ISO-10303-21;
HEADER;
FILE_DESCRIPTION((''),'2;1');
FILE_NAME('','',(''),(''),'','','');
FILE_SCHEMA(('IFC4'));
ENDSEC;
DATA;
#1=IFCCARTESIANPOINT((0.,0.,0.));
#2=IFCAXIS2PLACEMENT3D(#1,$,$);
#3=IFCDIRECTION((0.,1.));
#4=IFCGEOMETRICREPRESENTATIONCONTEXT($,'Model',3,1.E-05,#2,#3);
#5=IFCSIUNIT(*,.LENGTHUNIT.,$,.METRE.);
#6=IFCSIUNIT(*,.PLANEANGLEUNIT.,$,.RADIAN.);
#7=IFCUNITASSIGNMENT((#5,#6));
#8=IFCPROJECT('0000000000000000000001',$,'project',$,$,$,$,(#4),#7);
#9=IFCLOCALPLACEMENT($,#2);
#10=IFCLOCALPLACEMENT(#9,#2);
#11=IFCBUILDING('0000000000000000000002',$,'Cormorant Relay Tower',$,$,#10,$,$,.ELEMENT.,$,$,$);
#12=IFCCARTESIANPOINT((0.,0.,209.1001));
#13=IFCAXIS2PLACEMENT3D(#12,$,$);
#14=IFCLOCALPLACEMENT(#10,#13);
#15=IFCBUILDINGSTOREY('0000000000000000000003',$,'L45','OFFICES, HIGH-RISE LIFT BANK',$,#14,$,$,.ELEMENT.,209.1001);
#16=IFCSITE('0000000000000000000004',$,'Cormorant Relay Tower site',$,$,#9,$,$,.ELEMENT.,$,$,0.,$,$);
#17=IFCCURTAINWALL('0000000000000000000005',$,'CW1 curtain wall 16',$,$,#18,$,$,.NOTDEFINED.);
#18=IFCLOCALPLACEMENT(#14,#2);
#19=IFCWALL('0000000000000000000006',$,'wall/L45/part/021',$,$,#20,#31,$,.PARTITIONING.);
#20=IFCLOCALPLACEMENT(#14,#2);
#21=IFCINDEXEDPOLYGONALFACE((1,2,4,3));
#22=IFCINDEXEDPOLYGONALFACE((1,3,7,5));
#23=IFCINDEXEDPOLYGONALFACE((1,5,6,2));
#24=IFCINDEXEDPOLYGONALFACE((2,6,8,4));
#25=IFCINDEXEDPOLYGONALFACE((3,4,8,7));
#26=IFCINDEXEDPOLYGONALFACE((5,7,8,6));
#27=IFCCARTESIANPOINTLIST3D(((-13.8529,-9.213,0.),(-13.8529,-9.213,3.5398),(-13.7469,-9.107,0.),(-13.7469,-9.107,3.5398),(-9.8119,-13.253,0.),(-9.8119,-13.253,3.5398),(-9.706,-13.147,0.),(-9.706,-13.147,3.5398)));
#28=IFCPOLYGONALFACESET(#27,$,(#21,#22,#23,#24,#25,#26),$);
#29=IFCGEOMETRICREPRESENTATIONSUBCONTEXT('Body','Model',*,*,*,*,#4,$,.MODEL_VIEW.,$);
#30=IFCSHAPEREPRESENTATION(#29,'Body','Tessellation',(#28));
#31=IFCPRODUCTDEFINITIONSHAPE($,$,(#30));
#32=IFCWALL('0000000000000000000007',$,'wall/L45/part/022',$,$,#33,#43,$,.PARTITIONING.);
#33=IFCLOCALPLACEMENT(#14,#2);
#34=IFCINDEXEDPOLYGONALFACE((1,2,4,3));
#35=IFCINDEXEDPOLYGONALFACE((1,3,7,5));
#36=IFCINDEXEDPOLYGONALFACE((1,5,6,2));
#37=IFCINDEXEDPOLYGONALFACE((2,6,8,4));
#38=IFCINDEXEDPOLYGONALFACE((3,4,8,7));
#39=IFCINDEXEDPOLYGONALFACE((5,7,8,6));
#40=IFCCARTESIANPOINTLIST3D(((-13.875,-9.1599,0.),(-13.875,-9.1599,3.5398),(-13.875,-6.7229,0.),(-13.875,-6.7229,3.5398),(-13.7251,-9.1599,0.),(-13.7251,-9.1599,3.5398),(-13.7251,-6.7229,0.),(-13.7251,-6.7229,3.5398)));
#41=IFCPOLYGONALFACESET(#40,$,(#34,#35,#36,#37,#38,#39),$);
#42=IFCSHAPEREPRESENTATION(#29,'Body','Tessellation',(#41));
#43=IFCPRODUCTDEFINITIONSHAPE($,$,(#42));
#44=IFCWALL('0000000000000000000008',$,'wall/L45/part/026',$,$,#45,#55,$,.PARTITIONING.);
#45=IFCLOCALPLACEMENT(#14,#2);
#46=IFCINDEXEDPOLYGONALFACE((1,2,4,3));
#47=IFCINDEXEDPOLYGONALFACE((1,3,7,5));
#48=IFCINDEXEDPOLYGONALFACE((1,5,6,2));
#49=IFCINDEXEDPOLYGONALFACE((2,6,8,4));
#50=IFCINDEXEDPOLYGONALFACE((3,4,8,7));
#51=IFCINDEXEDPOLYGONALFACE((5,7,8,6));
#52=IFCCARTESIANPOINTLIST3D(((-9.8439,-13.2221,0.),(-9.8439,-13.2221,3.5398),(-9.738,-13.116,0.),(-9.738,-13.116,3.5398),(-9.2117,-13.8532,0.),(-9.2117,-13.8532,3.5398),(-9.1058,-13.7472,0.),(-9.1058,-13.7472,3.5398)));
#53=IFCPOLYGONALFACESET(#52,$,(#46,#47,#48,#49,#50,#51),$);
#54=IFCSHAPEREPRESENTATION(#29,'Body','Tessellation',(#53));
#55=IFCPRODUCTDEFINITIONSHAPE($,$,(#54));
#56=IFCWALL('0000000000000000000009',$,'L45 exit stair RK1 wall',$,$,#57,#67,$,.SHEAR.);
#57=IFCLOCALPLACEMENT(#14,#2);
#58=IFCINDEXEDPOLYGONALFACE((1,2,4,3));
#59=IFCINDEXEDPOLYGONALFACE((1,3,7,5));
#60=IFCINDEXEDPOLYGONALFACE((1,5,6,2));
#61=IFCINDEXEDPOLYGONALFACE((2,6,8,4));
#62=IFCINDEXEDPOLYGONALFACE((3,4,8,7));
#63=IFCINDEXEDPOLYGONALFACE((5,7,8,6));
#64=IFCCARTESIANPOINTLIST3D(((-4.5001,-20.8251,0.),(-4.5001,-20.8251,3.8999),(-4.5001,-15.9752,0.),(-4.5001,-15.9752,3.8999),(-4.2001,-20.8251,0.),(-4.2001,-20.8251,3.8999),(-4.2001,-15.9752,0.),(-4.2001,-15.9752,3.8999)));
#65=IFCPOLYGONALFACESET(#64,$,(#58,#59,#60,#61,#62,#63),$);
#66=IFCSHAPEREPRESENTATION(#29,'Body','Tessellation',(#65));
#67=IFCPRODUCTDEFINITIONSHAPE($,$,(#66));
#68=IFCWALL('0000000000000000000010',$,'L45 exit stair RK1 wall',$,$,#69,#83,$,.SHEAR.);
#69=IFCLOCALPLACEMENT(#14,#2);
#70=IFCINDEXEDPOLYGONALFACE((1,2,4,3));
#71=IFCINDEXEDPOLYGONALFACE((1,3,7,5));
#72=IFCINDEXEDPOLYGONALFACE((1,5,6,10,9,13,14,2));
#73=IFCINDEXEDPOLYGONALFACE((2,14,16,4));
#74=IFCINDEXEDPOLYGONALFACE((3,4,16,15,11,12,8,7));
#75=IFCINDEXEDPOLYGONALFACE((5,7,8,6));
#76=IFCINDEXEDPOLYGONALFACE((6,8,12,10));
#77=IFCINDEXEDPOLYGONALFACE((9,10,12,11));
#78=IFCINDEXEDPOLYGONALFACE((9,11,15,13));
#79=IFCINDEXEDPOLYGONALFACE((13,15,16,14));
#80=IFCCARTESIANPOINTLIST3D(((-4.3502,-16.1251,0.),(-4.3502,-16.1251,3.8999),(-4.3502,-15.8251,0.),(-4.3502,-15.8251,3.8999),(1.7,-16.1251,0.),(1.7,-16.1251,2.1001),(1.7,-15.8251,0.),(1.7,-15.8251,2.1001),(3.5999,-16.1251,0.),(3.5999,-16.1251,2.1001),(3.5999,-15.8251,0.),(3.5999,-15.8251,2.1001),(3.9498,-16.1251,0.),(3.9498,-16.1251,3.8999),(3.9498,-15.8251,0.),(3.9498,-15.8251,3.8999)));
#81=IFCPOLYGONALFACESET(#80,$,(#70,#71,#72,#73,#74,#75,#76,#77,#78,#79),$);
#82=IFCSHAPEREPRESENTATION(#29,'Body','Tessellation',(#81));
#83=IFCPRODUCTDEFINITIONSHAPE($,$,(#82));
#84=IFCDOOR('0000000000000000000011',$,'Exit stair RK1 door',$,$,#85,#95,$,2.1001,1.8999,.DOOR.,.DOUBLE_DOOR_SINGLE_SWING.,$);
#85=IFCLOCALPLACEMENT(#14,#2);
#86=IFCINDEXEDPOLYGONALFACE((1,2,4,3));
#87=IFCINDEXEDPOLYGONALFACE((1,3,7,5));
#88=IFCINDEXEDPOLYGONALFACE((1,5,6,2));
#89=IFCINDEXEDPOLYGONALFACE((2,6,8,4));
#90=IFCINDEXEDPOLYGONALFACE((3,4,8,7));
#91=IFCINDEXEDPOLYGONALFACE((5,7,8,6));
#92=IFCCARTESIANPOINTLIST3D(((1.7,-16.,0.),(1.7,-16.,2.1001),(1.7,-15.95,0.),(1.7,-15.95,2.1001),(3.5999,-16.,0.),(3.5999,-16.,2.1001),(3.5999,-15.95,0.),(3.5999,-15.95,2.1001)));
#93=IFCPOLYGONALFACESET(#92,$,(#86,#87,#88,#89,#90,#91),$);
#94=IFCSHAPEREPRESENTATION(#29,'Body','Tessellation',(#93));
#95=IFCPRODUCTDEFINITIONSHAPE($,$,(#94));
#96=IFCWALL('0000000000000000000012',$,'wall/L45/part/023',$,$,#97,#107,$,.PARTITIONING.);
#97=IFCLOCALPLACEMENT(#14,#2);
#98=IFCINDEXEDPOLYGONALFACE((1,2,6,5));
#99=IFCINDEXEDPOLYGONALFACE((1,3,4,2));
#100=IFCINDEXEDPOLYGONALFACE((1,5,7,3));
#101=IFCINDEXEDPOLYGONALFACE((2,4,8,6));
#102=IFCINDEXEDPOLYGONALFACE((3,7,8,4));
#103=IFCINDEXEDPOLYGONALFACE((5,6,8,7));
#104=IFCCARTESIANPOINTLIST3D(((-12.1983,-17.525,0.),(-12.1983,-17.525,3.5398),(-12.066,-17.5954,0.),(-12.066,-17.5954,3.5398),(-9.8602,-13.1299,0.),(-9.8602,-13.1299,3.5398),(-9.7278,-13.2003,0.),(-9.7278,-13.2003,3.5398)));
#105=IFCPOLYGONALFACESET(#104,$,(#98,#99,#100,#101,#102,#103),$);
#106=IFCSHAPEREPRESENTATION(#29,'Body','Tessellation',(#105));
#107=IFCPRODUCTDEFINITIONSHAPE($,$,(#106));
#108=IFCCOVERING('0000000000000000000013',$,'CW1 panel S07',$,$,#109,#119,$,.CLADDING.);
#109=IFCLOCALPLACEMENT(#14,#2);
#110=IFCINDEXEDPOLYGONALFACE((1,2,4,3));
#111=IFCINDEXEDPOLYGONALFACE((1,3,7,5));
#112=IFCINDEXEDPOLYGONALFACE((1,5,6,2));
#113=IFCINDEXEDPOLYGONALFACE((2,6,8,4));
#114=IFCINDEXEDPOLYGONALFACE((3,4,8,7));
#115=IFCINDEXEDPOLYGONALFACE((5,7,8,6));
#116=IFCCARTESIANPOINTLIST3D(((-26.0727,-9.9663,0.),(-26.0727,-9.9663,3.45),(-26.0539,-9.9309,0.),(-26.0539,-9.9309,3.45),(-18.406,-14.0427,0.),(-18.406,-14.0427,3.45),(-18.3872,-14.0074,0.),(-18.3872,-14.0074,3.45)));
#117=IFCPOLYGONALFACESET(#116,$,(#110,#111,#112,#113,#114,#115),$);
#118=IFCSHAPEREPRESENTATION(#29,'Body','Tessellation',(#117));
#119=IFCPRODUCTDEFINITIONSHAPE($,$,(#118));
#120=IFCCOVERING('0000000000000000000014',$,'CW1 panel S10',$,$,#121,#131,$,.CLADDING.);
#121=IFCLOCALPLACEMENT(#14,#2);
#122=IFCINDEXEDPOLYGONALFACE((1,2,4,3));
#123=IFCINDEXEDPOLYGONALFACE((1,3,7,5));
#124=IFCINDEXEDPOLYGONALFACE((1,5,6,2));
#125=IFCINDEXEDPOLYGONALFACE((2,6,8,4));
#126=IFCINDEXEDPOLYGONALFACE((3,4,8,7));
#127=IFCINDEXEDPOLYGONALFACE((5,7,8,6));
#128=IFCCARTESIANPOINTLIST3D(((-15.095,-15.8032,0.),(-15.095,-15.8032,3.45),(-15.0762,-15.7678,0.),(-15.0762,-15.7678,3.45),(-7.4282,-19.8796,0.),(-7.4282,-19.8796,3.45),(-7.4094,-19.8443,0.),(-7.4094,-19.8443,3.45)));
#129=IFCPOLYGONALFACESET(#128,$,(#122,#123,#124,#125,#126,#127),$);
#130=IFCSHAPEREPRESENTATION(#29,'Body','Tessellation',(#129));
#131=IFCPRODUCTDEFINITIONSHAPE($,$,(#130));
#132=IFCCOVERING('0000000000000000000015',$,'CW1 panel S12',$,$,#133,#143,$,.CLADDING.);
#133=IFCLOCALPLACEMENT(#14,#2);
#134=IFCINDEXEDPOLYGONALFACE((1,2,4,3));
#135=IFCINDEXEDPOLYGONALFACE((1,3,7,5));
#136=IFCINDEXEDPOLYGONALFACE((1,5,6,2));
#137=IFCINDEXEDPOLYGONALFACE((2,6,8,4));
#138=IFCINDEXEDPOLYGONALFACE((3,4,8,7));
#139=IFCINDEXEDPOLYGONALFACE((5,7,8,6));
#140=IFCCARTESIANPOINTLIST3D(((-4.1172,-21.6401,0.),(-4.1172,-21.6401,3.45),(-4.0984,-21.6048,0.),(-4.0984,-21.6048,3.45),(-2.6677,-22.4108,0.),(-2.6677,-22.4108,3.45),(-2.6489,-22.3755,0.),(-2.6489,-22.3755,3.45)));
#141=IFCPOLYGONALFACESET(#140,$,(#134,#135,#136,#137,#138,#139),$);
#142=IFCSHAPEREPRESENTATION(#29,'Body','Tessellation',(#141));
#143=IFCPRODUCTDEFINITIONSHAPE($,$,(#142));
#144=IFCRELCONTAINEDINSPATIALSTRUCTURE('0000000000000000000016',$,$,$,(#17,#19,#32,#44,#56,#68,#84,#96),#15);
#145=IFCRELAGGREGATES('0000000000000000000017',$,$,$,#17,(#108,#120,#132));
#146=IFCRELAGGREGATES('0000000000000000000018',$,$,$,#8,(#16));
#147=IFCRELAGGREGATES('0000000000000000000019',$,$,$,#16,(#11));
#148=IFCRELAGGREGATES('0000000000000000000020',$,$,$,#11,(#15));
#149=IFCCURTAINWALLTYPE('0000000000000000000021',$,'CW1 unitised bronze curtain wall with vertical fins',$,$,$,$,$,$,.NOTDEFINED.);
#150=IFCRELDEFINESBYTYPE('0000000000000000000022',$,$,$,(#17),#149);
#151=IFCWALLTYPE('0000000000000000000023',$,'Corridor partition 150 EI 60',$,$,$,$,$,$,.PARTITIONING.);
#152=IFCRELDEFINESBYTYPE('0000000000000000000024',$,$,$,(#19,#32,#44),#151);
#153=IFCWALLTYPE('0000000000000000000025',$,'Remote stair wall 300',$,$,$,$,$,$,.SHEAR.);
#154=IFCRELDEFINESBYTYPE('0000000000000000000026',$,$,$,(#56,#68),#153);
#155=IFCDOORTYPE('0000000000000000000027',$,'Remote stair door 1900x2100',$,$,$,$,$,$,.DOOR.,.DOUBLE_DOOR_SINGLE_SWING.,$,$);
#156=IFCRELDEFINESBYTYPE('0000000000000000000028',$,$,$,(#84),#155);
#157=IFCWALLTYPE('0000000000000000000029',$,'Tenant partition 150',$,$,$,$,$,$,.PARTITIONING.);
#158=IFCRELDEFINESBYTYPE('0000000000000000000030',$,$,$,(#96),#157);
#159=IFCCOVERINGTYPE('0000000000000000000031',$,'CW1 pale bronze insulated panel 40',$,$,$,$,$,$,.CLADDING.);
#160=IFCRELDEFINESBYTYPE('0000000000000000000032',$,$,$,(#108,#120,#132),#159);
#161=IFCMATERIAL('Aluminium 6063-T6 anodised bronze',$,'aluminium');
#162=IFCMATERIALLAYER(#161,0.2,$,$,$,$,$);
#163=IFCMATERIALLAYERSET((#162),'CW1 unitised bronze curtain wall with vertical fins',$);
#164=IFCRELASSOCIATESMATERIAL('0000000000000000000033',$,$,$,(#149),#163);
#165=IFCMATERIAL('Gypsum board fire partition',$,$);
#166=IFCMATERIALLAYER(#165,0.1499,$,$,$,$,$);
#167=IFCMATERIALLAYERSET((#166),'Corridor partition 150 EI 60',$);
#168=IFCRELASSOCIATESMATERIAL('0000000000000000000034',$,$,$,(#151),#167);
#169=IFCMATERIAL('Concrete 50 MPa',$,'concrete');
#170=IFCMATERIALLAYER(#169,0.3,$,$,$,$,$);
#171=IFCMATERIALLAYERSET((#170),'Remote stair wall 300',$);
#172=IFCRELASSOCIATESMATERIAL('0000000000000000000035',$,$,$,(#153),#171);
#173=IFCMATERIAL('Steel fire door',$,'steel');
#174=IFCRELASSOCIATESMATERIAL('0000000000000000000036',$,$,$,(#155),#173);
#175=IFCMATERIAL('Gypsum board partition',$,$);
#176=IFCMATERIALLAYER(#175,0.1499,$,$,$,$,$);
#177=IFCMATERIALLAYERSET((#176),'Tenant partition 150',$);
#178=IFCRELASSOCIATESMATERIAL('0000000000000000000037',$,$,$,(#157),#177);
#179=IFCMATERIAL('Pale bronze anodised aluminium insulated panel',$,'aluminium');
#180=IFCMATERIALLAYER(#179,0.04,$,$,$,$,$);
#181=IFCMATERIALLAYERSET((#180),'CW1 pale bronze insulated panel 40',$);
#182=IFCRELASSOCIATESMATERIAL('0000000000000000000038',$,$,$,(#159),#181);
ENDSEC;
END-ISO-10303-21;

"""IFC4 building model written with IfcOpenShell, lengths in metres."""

from ifc_helpers import new_model, si_unit, direction, frame, frame_2d, origin, origin_2d, place, context, subcontext, project, spatial, rectangle, extrude, material, layer, layer_set, type_object, element, fill, aggregate, save


model = new_model("IFC4")

# Units and contexts
model_context = context("Model", 3, precision=1e-05, world=origin(), true_north=direction((0.0, 1.0)))
body_context = subcontext(model_context, "Body", "Model", "MODEL_VIEW")
ifc_project = project(units=[si_unit("LENGTHUNIT", "METRE"), si_unit("PLANEANGLEUNIT", "RADIAN")], contexts=[model_context])

# Site, building, storey
site_placement = place(None, origin())
site = spatial("IfcSite", under=ifc_project, at=site_placement, Name="Cormorant Relay Tower site", CompositionType="ELEMENT", RefElevation=0.0)
building_placement = place(site_placement, origin())
building = spatial("IfcBuilding", under=site, at=building_placement, Name="Cormorant Relay Tower", CompositionType="ELEMENT")
storey_placement = place(building_placement, frame((0.0, 0.0, 209.1001)))
storey = spatial("IfcBuildingStorey", under=building, at=storey_placement, Name="L45", Description="OFFICES, HIGH-RISE LIFT BANK", CompositionType="ELEMENT", Elevation=209.1001)

# Curtain wall
ifc_material_1 = material(Name="Aluminium 6063-T6 anodised bronze", Category="aluminium")
ifc_layer_1 = layer(ifc_material_1, 0.2)
ifc_layer_set_1 = layer_set([ifc_layer_1], Name="CW1 unitised bronze curtain wall with vertical fins")
curtain_wall_type = type_object("IfcCurtainWallType", Name="CW1 unitised bronze curtain wall with vertical fins", PredefinedType="NOTDEFINED", material=ifc_layer_set_1)
curtain_wall_placement = place(storey_placement, origin())
curtain_wall = element("IfcCurtainWall", 1, at=curtain_wall_placement, inside=storey, type_object=curtain_wall_type, Name="CW1 curtain wall 16", PredefinedType="NOTDEFINED")

# Walls
ifc_material_2 = material(Name="Gypsum board fire partition")
ifc_layer_2 = layer(ifc_material_2, 0.1499)
ifc_layer_set_2 = layer_set([ifc_layer_2], Name="Corridor partition 150 EI 60")
wall_type_1 = type_object("IfcWallType", Name="Corridor partition 150 EI 60", PredefinedType="PARTITIONING", material=ifc_layer_set_2)
wall_1_placement = place(storey_placement, frame((-9.759, -13.2, 0.0), z_axis=(0.0, 0.0, 1.0), x_axis=(-0.707192, 0.707021, 0.0)))
element("IfcWall", 2, at=wall_1_placement, inside=storey, type_object=wall_type_1, Name="wall/L45/part/021", PredefinedType="PARTITIONING", context=body_context, shape_type="SweptSolid", body=[
    extrude(rectangle(XDim=5.7141, YDim=0.1499, at=frame_2d((2.8569, 0.0))), origin(), (0.0, 0.0, 1.0), 3.5398),
])
wall_2_placement = place(storey_placement, frame((-13.8, -9.1599, 0.0), z_axis=(0.0, 0.0, 1.0), x_axis=(0.0, 1.0, 0.0)))
element("IfcWall", 3, at=wall_2_placement, inside=storey, type_object=wall_type_1, Name="wall/L45/part/022", PredefinedType="PARTITIONING", context=body_context, shape_type="SweptSolid", body=[
    extrude(rectangle(XDim=2.437, YDim=0.1499, at=frame_2d((1.2185, 0.0))), origin(), (0.0, 0.0, 1.0), 3.5398),
])
wall_3_placement = place(storey_placement, frame((-9.791, -13.1689, 0.0), z_axis=(0.0, 0.0, 1.0), x_axis=(0.707653, -0.70656, 0.0)))
element("IfcWall", 4, at=wall_3_placement, inside=storey, type_object=wall_type_1, Name="wall/L45/part/026", PredefinedType="PARTITIONING", context=body_context, shape_type="SweptSolid", body=[
    extrude(rectangle(XDim=0.8933, YDim=0.1499, at=frame_2d((0.4468, 0.0))), origin(), (0.0, 0.0, 1.0), 3.5398),
])
ifc_material_3 = material(Name="Concrete 50 MPa", Category="concrete")
ifc_layer_3 = layer(ifc_material_3, 0.3)
ifc_layer_set_3 = layer_set([ifc_layer_3], Name="Remote stair wall 300")
wall_type_2 = type_object("IfcWallType", Name="Remote stair wall 300", PredefinedType="SHEAR", material=ifc_layer_set_3)
wall_4_placement = place(storey_placement, frame((-4.3501, -20.825, 0.0), z_axis=(0.0, 0.0, 1.0), x_axis=(0.0, 1.0, 0.0)))
element("IfcWall", 5, at=wall_4_placement, inside=storey, type_object=wall_type_2, Name="L45 exit stair RK1 wall", PredefinedType="SHEAR", context=body_context, shape_type="SweptSolid", body=[
    extrude(rectangle(XDim=4.8499, YDim=0.3, at=frame_2d((2.4248, 0.0))), origin(), (0.0, 0.0, 1.0), 3.8999),
])

# Wall, opening, door
wall_5_placement = place(storey_placement, frame((-4.3501, -15.9751, 0.0), z_axis=(0.0, 0.0, 1.0), x_axis=(1.0, 0.0, 0.0)))
wall_5 = element("IfcWall", 6, at=wall_5_placement, inside=storey, type_object=wall_type_2, Name="L45 exit stair RK1 wall", PredefinedType="SHEAR", context=body_context, shape_type="SweptSolid", body=[
    extrude(rectangle(XDim=8.3, YDim=0.3, at=frame_2d((4.1499, 0.0))), origin(), (0.0, 0.0, 1.0), 3.8999),
])
opening_placement = place(wall_5_placement, frame((6.05, 0.0, 0.0)))
opening = element("IfcOpeningElement", 7, at=opening_placement, cuts=wall_5, PredefinedType="OPENING", context=body_context, shape_type="SweptSolid", body=[
    extrude(rectangle(XDim=1.8999, YDim=2.1001, at=frame_2d((0.95, 1.05))), frame((0.0, 0.1599, 0.0), z_axis=(0.0, -1.0, 0.0), x_axis=(1.0, 0.0, 0.0)), (0.0, 0.0, 1.0), 0.3201),
])
ifc_material_4 = material(Name="Steel fire door", Category="steel")
door_type = type_object("IfcDoorType", Name="Remote stair door 1900x2100", OperationType="DOUBLE_DOOR_SINGLE_SWING", PredefinedType="DOOR", material=ifc_material_4)
door_placement = place(opening_placement, frame((1.8999, 0.0, 0.0), z_axis=(0.0, 0.0, 1.0), x_axis=(-1.0, 0.0, 0.0)))
door = element("IfcDoor", 8, at=door_placement, inside=storey, type_object=door_type, Name="Exit stair RK1 door", OperationType="DOUBLE_DOOR_SINGLE_SWING", OverallHeight=2.1001, OverallWidth=1.8999, PredefinedType="DOOR", context=body_context, shape_type="SweptSolid", body=[
    extrude(rectangle(XDim=1.8999, YDim=2.1001, at=frame_2d((0.95, 1.05))), frame((0.0, 0.0249, 0.0), z_axis=(0.0, -1.0, 0.0), x_axis=(1.0, 0.0, 0.0)), (0.0, 0.0, 1.0), 0.05),
])
fill(opening, door)

# Wall
ifc_material_5 = material(Name="Gypsum board partition")
ifc_layer_4 = layer(ifc_material_5, 0.1499)
ifc_layer_set_4 = layer_set([ifc_layer_4], Name="Tenant partition 150")
wall_type_3 = type_object("IfcWallType", Name="Tenant partition 150", PredefinedType="PARTITIONING", material=ifc_layer_set_4)
wall_6_placement = place(storey_placement, frame((-9.7939, -13.165, 0.0), z_axis=(0.0, 0.0, 1.0), x_axis=(-0.469669, -0.882843, 0.0)))
element("IfcWall", 9, at=wall_6_placement, inside=storey, type_object=wall_type_3, Name="wall/L45/part/023", PredefinedType="PARTITIONING", context=body_context, shape_type="SweptSolid", body=[
    extrude(rectangle(XDim=4.9783, YDim=0.1499, at=frame_2d((2.4893, 0.0))), origin(), (0.0, 0.0, 1.0), 3.5398),
])

# Coverings
ifc_material_6 = material(Name="Pale bronze anodised aluminium insulated panel", Category="aluminium")
ifc_layer_5 = layer(ifc_material_6, 0.04)
ifc_layer_set_5 = layer_set([ifc_layer_5], Name="CW1 pale bronze insulated panel 40")
covering_type = type_object("IfcCoveringType", Name="CW1 pale bronze insulated panel 40", PredefinedType="CLADDING", material=ifc_layer_set_5)
covering_1_placement = place(storey_placement, frame((-22.23, -11.9868, 0.0), z_axis=(0.0, 0.0, 1.0), x_axis=(0.882948, -0.469472, 0.0)))
covering_1 = element("IfcCovering", 10, at=covering_1_placement, type_object=covering_type, Name="CW1 panel S07", PredefinedType="CLADDING", context=body_context, shape_type="SweptSolid", body=[
    extrude(rectangle(XDim=8.6831, YDim=0.04, at=origin_2d()), origin(), (0.0, 0.0, 1.0), 3.45),
])
covering_2_placement = place(storey_placement, frame((-11.2522, -17.8237, 0.0), z_axis=(0.0, 0.0, 1.0), x_axis=(0.882948, -0.469472, 0.0)))
covering_2 = element("IfcCovering", 11, at=covering_2_placement, type_object=covering_type, Name="CW1 panel S10", PredefinedType="CLADDING", context=body_context, shape_type="SweptSolid", body=[
    extrude(rectangle(XDim=8.6831, YDim=0.04, at=origin_2d()), origin(), (0.0, 0.0, 1.0), 3.45),
])
covering_3_placement = place(storey_placement, frame((-3.3831, -22.0078, 0.0), z_axis=(0.0, 0.0, 1.0), x_axis=(0.882948, -0.469472, 0.0)))
covering_3 = element("IfcCovering", 12, at=covering_3_placement, type_object=covering_type, Name="CW1 panel S12", PredefinedType="CLADDING", context=body_context, shape_type="SweptSolid", body=[
    extrude(rectangle(XDim=1.6416, YDim=0.04, at=origin_2d()), origin(), (0.0, 0.0, 1.0), 3.45),
])
aggregate(curtain_wall, [covering_1, covering_2, covering_3])

save(model, "model.ifc")
